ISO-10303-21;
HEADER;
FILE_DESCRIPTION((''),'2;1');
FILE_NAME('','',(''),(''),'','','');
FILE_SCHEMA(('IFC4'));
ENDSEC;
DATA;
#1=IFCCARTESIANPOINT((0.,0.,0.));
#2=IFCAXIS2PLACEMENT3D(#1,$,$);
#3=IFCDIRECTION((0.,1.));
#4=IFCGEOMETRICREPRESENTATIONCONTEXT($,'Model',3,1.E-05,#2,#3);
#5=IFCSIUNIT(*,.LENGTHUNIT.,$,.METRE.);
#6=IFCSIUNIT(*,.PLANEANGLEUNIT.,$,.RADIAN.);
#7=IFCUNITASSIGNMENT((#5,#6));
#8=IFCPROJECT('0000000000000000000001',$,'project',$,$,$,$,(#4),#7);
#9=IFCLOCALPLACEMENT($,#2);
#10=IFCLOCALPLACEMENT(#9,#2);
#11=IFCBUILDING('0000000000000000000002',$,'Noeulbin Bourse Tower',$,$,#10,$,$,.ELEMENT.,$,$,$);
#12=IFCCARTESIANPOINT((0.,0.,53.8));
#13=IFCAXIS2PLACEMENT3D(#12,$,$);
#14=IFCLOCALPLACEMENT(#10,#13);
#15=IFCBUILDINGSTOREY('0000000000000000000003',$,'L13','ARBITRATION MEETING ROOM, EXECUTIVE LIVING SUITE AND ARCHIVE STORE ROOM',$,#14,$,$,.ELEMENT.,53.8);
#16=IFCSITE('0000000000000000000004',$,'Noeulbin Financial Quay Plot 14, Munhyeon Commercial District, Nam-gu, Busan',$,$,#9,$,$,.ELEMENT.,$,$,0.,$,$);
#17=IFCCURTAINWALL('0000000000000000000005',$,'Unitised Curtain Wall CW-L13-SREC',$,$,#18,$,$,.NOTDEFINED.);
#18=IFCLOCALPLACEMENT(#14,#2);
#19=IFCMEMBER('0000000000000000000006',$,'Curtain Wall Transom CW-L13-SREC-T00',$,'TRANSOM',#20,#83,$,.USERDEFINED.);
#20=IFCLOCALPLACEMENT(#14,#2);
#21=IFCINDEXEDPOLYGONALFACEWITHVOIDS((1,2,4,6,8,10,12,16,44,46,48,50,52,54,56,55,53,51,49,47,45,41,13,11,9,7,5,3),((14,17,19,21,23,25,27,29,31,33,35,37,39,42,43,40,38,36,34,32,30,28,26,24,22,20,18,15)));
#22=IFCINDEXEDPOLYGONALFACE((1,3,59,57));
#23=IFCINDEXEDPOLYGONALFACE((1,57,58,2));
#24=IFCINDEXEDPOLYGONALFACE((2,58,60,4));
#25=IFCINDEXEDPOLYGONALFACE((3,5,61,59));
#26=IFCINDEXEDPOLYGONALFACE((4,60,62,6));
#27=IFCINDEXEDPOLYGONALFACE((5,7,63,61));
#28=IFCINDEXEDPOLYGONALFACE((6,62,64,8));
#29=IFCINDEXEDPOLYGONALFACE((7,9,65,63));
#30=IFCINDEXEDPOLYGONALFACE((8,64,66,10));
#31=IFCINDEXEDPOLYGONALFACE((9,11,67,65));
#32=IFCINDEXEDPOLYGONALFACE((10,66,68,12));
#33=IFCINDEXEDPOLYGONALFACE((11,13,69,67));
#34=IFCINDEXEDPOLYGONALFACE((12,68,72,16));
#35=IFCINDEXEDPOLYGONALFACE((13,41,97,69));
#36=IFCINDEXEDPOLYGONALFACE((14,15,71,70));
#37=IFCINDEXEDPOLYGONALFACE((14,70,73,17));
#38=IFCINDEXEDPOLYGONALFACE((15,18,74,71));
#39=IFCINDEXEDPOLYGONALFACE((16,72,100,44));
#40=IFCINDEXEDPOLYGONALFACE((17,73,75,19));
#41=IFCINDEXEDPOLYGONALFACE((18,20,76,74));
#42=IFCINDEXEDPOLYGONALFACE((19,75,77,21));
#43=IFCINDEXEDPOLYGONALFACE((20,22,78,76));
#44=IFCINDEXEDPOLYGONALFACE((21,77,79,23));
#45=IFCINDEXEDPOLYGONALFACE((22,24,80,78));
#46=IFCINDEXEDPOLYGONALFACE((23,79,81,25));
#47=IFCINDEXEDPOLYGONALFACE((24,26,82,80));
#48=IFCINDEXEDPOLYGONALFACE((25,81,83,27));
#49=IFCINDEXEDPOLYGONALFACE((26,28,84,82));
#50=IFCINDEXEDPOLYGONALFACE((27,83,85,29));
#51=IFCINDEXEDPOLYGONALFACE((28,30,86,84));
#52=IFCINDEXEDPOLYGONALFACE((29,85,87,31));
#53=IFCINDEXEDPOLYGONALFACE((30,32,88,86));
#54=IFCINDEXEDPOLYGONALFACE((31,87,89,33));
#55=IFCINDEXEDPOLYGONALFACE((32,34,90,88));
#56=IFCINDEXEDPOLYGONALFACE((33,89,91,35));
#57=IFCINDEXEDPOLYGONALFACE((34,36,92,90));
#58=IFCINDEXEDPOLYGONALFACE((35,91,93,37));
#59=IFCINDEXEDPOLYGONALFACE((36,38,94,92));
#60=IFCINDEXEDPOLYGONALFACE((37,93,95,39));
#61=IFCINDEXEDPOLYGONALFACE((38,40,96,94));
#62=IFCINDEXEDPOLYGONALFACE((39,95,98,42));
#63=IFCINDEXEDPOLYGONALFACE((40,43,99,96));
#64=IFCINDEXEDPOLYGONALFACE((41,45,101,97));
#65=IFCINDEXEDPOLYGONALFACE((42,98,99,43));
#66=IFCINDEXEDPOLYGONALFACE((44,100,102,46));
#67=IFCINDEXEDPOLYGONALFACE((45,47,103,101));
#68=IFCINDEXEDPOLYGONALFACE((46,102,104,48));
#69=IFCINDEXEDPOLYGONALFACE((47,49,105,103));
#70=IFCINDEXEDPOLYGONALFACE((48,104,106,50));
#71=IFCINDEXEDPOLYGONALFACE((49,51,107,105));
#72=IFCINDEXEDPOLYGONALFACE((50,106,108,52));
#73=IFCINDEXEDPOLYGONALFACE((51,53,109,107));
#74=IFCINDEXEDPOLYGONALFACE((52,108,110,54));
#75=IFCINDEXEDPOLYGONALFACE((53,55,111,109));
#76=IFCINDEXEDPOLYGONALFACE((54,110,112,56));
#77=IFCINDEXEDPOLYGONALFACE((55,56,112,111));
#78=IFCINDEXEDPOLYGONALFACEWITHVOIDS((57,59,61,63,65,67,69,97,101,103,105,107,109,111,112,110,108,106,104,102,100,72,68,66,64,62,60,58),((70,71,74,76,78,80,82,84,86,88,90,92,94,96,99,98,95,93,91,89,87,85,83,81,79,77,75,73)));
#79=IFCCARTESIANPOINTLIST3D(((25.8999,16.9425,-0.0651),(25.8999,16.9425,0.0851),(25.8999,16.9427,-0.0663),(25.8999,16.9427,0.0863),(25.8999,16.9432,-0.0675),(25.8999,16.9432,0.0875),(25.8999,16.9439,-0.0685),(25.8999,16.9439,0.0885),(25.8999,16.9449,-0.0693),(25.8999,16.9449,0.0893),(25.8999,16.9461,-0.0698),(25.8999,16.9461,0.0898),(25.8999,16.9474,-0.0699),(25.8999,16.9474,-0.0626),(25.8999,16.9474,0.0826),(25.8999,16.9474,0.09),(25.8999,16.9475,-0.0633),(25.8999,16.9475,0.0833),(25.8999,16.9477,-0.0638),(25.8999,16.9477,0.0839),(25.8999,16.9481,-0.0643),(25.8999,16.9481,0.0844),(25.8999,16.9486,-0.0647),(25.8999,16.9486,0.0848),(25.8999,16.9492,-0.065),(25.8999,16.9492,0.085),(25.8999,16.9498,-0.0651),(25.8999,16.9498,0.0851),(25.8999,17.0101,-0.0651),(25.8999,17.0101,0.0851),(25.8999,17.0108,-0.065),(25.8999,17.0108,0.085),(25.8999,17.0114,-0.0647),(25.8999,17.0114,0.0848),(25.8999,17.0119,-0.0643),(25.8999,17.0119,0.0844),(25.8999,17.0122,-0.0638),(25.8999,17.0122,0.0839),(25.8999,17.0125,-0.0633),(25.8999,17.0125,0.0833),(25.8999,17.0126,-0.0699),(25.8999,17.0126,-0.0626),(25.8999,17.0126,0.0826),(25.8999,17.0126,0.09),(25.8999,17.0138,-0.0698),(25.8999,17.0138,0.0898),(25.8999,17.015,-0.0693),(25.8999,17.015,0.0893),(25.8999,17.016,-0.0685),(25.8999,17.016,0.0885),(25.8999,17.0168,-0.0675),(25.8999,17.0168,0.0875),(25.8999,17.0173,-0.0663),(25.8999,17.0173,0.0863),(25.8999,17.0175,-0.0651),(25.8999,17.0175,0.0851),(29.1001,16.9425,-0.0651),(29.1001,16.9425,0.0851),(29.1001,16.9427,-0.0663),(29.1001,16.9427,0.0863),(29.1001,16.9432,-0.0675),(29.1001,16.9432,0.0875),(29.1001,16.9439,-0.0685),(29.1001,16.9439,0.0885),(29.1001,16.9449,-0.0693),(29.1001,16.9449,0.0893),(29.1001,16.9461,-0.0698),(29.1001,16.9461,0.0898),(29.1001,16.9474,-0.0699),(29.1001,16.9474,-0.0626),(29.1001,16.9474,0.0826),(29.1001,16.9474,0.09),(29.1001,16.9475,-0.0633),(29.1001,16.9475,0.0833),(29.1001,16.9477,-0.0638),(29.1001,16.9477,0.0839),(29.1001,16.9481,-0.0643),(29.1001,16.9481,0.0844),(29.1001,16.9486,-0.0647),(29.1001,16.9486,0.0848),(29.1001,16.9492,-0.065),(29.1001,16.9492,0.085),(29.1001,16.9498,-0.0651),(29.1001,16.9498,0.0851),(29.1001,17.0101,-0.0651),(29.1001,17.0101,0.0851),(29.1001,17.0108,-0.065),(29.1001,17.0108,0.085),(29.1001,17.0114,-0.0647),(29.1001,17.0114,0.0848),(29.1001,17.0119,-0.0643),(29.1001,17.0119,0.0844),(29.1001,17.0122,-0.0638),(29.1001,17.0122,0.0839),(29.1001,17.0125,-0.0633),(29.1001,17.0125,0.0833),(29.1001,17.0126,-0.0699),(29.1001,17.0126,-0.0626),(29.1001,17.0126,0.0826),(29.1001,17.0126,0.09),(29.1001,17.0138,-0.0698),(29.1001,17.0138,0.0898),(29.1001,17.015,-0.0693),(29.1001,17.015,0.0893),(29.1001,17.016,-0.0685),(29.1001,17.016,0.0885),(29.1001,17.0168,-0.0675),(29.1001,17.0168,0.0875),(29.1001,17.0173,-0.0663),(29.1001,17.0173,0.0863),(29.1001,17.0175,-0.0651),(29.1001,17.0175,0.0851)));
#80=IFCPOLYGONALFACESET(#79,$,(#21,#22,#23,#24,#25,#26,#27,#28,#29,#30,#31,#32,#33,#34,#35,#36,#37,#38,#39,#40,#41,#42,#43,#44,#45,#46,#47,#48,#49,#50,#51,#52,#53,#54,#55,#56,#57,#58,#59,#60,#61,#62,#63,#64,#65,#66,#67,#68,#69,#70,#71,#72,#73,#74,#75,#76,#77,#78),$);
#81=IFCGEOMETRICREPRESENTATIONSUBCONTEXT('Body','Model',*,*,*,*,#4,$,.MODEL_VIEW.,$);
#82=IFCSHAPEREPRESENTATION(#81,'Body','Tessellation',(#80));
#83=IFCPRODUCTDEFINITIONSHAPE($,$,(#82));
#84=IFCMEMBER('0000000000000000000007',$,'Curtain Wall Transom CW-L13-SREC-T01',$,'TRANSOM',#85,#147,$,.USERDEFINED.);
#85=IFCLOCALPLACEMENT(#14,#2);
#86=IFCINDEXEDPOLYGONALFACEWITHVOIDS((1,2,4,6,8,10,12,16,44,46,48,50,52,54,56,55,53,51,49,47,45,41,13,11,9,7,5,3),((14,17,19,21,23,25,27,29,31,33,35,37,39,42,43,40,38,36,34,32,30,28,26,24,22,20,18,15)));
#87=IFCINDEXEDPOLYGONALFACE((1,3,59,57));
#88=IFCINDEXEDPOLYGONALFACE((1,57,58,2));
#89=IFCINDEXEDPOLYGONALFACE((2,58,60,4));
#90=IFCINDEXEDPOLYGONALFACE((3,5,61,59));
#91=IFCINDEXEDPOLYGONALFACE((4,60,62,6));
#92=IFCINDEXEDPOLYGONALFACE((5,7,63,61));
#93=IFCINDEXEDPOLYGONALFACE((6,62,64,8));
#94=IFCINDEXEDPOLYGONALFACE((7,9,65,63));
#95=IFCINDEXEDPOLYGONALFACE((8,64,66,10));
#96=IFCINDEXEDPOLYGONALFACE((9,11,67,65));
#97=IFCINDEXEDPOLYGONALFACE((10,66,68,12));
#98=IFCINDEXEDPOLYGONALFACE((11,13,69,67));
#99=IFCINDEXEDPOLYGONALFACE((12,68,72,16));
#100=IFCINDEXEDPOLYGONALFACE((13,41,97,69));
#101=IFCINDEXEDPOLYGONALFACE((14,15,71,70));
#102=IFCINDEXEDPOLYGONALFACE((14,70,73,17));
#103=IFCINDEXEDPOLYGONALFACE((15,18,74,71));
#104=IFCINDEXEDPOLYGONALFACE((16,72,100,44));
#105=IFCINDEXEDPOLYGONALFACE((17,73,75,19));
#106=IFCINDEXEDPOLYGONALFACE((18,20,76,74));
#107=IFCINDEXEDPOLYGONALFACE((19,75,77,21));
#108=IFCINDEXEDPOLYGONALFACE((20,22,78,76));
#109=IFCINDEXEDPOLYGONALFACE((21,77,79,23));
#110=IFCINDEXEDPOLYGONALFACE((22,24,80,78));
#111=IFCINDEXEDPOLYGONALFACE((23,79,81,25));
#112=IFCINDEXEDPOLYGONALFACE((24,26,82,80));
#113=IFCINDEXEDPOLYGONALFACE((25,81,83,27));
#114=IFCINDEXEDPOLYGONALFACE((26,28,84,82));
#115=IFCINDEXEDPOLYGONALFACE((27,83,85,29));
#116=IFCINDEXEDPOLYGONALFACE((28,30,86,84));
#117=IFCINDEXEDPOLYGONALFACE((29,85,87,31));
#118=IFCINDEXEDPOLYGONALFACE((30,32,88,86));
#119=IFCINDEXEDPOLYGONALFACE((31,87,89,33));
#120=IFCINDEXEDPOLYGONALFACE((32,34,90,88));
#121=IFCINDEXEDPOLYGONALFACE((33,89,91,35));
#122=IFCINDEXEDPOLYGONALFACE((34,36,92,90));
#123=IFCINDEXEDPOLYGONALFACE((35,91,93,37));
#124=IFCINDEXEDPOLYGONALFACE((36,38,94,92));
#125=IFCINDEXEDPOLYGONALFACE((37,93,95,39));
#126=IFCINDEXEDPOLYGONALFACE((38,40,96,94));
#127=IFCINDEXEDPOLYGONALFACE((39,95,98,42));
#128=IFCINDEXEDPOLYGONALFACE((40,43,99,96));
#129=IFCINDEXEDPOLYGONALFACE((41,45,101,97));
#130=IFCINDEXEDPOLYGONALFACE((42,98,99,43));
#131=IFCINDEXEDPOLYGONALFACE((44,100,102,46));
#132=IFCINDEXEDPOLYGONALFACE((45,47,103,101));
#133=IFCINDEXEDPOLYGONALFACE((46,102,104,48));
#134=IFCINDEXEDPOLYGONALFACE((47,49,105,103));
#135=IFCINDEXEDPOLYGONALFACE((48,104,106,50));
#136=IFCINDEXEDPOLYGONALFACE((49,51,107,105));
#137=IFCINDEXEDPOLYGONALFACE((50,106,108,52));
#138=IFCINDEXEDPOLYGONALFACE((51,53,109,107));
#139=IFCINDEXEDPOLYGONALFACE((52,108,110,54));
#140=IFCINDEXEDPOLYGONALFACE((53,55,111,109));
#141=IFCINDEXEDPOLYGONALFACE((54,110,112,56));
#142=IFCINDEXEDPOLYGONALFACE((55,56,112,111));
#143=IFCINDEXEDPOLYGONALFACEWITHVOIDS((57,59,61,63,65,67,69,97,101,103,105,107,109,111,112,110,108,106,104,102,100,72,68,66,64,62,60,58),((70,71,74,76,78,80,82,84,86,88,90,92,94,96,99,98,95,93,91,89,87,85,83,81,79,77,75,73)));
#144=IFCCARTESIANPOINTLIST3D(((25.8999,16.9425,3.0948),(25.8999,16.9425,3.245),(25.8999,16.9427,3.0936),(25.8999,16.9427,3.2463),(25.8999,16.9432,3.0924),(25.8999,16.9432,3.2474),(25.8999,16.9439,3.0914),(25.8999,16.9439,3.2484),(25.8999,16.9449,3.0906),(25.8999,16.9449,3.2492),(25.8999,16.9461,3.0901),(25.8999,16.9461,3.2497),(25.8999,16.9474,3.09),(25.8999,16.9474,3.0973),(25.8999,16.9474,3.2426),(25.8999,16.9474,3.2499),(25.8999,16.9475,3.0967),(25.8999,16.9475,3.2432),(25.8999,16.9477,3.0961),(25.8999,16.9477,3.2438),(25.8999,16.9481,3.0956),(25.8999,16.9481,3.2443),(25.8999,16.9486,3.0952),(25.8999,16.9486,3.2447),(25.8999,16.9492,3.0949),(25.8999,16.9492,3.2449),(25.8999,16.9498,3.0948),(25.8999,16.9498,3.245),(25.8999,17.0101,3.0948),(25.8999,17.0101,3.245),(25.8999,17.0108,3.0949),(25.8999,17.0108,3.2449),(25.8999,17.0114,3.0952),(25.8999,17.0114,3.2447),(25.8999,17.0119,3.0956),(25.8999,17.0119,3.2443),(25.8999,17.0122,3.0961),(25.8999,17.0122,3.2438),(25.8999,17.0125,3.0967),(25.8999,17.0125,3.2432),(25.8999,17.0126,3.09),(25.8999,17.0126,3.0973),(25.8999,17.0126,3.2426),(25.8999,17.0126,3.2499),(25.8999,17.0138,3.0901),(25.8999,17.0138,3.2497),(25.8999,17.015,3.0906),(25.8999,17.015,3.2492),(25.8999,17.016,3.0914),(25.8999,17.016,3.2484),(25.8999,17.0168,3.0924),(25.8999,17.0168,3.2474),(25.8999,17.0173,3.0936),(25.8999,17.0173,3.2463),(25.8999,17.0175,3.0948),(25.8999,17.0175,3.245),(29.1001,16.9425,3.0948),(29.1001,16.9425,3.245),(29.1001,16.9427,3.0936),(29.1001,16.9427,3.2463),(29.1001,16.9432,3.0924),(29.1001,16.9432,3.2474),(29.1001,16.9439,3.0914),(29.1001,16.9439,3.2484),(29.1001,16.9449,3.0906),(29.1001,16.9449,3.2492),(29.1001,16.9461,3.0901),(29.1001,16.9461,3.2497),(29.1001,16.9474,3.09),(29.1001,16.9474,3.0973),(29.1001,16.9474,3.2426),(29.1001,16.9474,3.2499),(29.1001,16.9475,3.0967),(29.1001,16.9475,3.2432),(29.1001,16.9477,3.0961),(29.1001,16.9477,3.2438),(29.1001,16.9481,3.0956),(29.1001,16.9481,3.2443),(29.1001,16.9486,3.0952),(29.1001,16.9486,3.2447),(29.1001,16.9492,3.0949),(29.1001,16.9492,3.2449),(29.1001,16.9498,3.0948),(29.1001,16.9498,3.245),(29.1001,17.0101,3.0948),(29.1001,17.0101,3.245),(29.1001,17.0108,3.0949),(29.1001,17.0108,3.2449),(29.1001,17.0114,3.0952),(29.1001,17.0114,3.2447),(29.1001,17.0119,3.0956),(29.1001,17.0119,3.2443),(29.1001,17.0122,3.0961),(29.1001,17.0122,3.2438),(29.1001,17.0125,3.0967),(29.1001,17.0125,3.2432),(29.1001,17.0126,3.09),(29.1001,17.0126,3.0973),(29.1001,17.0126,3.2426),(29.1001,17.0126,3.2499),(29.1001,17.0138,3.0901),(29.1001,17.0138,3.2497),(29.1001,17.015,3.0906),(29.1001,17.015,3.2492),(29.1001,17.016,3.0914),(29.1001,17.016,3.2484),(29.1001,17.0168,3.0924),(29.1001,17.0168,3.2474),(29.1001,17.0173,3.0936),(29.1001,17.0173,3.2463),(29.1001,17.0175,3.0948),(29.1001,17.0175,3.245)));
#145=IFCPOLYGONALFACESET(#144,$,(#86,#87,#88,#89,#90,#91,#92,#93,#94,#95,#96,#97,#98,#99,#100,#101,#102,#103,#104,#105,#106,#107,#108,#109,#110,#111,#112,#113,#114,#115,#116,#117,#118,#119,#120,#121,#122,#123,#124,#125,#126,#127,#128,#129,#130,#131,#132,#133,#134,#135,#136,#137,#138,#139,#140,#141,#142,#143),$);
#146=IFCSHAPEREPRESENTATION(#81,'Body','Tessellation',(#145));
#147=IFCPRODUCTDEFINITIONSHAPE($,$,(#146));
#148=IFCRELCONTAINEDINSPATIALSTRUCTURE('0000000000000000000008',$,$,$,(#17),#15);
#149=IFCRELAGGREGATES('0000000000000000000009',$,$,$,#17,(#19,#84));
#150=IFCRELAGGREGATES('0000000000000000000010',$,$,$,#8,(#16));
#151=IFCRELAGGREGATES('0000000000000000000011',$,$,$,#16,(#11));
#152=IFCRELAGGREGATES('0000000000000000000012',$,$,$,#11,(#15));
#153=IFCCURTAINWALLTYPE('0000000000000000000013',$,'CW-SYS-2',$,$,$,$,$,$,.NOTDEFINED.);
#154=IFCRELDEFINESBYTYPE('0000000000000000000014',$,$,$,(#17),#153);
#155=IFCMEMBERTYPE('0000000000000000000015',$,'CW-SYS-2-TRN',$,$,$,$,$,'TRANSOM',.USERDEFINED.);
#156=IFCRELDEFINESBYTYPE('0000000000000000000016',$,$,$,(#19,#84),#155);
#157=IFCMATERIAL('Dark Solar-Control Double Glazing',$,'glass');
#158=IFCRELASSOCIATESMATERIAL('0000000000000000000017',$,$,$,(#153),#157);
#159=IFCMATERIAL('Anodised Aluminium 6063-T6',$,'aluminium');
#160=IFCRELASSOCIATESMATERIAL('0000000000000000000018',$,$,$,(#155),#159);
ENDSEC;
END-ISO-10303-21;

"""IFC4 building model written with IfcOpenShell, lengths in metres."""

from ifc_helpers import new_model, si_unit, direction, frame, origin, origin_2d, place, context, subcontext, project, spatial, hollow_rectangle, extrude, material, material_profile, profile_set, type_object, element, aggregate, save


model = new_model("IFC4")

# Units and contexts
model_context = context("Model", 3, precision=1e-05, world=origin(), true_north=direction((0.0, 1.0)))
body_context = subcontext(model_context, "Body", "Model", "MODEL_VIEW")
ifc_project = project(units=[si_unit("LENGTHUNIT", "METRE"), si_unit("PLANEANGLEUNIT", "RADIAN")], contexts=[model_context])

# Site, building, storey
site_placement = place(None, origin())
site = spatial("IfcSite", under=ifc_project, at=site_placement, Name="Noeulbin Financial Quay Plot 14, Munhyeon Commercial District, Nam-gu, Busan", CompositionType="ELEMENT", RefElevation=0.0)
building_placement = place(site_placement, origin())
building = spatial("IfcBuilding", under=site, at=building_placement, Name="Noeulbin Bourse Tower", CompositionType="ELEMENT")
storey_placement = place(building_placement, frame((0.0, 0.0, 53.8)))
storey = spatial("IfcBuildingStorey", under=building, at=storey_placement, Name="L13", Description="ARBITRATION MEETING ROOM, EXECUTIVE LIVING SUITE AND ARCHIVE STORE ROOM", CompositionType="ELEMENT", Elevation=53.8)

# Curtain wall
ifc_material_1 = material(Name="Dark Solar-Control Double Glazing", Category="glass")
curtain_wall_type = type_object("IfcCurtainWallType", Name="CW-SYS-2", PredefinedType="NOTDEFINED", material=ifc_material_1)
curtain_wall_1_placement = place(storey_placement, origin())
curtain_wall_1 = element("IfcCurtainWall", 1, at=curtain_wall_1_placement, inside=storey, type_object=curtain_wall_type, Name="Unitised Curtain Wall CW-L13-SREC", PredefinedType="NOTDEFINED")
ifc_material_2 = material(Name="Anodised Aluminium 6063-T6", Category="aluminium")

# Members
ifc_material_profile_1 = material_profile(ifc_material_2, hollow_rectangle(XDim=0.075, YDim=0.1599, WallThickness=0.0049, InnerFilletRadius=0.0024, OuterFilletRadius=0.0049, at=origin_2d()), Name="ALU-TRAN-75x160x5", Category="LoadBearing")
ifc_profile_set_1 = profile_set([ifc_material_profile_1], Name="Anodised Aluminium 6063-T6")
member_type_1 = type_object("IfcMemberType", Name="CW-SYS-2-TRN", ElementType="TRANSOM", PredefinedType="USERDEFINED", material=ifc_profile_set_1)
member_1_placement = place(storey_placement, frame((25.8999, 16.98, 0.01), z_axis=(1.0, 0.0, 0.0), x_axis=(0.0, 1.0, 0.0)))
member_1 = element("IfcMember", 2, at=member_1_placement, type_object=member_type_1, Name="Curtain Wall Transom CW-L13-SREC-T00", ObjectType="TRANSOM", PredefinedType="USERDEFINED", context=body_context, shape_type="SweptSolid", body=[
    extrude(hollow_rectangle(XDim=0.075, YDim=0.1599, WallThickness=0.0049, InnerFilletRadius=0.0024, OuterFilletRadius=0.0049, at=origin_2d()), origin(), (0.0, 0.0, 1.0), 3.2002),
])
member_2_placement = place(storey_placement, frame((25.8999, 16.98, 3.1699), z_axis=(1.0, 0.0, 0.0), x_axis=(0.0, 1.0, 0.0)))
member_2 = element("IfcMember", 3, at=member_2_placement, type_object=member_type_1, Name="Curtain Wall Transom CW-L13-SREC-T01", ObjectType="TRANSOM", PredefinedType="USERDEFINED", context=body_context, shape_type="SweptSolid", body=[
    extrude(hollow_rectangle(XDim=0.075, YDim=0.1599, WallThickness=0.0049, InnerFilletRadius=0.0024, OuterFilletRadius=0.0049, at=origin_2d()), origin(), (0.0, 0.0, 1.0), 3.2002),
])

aggregate(curtain_wall_1, [member_1, member_2])

save(model, "model.ifc")
